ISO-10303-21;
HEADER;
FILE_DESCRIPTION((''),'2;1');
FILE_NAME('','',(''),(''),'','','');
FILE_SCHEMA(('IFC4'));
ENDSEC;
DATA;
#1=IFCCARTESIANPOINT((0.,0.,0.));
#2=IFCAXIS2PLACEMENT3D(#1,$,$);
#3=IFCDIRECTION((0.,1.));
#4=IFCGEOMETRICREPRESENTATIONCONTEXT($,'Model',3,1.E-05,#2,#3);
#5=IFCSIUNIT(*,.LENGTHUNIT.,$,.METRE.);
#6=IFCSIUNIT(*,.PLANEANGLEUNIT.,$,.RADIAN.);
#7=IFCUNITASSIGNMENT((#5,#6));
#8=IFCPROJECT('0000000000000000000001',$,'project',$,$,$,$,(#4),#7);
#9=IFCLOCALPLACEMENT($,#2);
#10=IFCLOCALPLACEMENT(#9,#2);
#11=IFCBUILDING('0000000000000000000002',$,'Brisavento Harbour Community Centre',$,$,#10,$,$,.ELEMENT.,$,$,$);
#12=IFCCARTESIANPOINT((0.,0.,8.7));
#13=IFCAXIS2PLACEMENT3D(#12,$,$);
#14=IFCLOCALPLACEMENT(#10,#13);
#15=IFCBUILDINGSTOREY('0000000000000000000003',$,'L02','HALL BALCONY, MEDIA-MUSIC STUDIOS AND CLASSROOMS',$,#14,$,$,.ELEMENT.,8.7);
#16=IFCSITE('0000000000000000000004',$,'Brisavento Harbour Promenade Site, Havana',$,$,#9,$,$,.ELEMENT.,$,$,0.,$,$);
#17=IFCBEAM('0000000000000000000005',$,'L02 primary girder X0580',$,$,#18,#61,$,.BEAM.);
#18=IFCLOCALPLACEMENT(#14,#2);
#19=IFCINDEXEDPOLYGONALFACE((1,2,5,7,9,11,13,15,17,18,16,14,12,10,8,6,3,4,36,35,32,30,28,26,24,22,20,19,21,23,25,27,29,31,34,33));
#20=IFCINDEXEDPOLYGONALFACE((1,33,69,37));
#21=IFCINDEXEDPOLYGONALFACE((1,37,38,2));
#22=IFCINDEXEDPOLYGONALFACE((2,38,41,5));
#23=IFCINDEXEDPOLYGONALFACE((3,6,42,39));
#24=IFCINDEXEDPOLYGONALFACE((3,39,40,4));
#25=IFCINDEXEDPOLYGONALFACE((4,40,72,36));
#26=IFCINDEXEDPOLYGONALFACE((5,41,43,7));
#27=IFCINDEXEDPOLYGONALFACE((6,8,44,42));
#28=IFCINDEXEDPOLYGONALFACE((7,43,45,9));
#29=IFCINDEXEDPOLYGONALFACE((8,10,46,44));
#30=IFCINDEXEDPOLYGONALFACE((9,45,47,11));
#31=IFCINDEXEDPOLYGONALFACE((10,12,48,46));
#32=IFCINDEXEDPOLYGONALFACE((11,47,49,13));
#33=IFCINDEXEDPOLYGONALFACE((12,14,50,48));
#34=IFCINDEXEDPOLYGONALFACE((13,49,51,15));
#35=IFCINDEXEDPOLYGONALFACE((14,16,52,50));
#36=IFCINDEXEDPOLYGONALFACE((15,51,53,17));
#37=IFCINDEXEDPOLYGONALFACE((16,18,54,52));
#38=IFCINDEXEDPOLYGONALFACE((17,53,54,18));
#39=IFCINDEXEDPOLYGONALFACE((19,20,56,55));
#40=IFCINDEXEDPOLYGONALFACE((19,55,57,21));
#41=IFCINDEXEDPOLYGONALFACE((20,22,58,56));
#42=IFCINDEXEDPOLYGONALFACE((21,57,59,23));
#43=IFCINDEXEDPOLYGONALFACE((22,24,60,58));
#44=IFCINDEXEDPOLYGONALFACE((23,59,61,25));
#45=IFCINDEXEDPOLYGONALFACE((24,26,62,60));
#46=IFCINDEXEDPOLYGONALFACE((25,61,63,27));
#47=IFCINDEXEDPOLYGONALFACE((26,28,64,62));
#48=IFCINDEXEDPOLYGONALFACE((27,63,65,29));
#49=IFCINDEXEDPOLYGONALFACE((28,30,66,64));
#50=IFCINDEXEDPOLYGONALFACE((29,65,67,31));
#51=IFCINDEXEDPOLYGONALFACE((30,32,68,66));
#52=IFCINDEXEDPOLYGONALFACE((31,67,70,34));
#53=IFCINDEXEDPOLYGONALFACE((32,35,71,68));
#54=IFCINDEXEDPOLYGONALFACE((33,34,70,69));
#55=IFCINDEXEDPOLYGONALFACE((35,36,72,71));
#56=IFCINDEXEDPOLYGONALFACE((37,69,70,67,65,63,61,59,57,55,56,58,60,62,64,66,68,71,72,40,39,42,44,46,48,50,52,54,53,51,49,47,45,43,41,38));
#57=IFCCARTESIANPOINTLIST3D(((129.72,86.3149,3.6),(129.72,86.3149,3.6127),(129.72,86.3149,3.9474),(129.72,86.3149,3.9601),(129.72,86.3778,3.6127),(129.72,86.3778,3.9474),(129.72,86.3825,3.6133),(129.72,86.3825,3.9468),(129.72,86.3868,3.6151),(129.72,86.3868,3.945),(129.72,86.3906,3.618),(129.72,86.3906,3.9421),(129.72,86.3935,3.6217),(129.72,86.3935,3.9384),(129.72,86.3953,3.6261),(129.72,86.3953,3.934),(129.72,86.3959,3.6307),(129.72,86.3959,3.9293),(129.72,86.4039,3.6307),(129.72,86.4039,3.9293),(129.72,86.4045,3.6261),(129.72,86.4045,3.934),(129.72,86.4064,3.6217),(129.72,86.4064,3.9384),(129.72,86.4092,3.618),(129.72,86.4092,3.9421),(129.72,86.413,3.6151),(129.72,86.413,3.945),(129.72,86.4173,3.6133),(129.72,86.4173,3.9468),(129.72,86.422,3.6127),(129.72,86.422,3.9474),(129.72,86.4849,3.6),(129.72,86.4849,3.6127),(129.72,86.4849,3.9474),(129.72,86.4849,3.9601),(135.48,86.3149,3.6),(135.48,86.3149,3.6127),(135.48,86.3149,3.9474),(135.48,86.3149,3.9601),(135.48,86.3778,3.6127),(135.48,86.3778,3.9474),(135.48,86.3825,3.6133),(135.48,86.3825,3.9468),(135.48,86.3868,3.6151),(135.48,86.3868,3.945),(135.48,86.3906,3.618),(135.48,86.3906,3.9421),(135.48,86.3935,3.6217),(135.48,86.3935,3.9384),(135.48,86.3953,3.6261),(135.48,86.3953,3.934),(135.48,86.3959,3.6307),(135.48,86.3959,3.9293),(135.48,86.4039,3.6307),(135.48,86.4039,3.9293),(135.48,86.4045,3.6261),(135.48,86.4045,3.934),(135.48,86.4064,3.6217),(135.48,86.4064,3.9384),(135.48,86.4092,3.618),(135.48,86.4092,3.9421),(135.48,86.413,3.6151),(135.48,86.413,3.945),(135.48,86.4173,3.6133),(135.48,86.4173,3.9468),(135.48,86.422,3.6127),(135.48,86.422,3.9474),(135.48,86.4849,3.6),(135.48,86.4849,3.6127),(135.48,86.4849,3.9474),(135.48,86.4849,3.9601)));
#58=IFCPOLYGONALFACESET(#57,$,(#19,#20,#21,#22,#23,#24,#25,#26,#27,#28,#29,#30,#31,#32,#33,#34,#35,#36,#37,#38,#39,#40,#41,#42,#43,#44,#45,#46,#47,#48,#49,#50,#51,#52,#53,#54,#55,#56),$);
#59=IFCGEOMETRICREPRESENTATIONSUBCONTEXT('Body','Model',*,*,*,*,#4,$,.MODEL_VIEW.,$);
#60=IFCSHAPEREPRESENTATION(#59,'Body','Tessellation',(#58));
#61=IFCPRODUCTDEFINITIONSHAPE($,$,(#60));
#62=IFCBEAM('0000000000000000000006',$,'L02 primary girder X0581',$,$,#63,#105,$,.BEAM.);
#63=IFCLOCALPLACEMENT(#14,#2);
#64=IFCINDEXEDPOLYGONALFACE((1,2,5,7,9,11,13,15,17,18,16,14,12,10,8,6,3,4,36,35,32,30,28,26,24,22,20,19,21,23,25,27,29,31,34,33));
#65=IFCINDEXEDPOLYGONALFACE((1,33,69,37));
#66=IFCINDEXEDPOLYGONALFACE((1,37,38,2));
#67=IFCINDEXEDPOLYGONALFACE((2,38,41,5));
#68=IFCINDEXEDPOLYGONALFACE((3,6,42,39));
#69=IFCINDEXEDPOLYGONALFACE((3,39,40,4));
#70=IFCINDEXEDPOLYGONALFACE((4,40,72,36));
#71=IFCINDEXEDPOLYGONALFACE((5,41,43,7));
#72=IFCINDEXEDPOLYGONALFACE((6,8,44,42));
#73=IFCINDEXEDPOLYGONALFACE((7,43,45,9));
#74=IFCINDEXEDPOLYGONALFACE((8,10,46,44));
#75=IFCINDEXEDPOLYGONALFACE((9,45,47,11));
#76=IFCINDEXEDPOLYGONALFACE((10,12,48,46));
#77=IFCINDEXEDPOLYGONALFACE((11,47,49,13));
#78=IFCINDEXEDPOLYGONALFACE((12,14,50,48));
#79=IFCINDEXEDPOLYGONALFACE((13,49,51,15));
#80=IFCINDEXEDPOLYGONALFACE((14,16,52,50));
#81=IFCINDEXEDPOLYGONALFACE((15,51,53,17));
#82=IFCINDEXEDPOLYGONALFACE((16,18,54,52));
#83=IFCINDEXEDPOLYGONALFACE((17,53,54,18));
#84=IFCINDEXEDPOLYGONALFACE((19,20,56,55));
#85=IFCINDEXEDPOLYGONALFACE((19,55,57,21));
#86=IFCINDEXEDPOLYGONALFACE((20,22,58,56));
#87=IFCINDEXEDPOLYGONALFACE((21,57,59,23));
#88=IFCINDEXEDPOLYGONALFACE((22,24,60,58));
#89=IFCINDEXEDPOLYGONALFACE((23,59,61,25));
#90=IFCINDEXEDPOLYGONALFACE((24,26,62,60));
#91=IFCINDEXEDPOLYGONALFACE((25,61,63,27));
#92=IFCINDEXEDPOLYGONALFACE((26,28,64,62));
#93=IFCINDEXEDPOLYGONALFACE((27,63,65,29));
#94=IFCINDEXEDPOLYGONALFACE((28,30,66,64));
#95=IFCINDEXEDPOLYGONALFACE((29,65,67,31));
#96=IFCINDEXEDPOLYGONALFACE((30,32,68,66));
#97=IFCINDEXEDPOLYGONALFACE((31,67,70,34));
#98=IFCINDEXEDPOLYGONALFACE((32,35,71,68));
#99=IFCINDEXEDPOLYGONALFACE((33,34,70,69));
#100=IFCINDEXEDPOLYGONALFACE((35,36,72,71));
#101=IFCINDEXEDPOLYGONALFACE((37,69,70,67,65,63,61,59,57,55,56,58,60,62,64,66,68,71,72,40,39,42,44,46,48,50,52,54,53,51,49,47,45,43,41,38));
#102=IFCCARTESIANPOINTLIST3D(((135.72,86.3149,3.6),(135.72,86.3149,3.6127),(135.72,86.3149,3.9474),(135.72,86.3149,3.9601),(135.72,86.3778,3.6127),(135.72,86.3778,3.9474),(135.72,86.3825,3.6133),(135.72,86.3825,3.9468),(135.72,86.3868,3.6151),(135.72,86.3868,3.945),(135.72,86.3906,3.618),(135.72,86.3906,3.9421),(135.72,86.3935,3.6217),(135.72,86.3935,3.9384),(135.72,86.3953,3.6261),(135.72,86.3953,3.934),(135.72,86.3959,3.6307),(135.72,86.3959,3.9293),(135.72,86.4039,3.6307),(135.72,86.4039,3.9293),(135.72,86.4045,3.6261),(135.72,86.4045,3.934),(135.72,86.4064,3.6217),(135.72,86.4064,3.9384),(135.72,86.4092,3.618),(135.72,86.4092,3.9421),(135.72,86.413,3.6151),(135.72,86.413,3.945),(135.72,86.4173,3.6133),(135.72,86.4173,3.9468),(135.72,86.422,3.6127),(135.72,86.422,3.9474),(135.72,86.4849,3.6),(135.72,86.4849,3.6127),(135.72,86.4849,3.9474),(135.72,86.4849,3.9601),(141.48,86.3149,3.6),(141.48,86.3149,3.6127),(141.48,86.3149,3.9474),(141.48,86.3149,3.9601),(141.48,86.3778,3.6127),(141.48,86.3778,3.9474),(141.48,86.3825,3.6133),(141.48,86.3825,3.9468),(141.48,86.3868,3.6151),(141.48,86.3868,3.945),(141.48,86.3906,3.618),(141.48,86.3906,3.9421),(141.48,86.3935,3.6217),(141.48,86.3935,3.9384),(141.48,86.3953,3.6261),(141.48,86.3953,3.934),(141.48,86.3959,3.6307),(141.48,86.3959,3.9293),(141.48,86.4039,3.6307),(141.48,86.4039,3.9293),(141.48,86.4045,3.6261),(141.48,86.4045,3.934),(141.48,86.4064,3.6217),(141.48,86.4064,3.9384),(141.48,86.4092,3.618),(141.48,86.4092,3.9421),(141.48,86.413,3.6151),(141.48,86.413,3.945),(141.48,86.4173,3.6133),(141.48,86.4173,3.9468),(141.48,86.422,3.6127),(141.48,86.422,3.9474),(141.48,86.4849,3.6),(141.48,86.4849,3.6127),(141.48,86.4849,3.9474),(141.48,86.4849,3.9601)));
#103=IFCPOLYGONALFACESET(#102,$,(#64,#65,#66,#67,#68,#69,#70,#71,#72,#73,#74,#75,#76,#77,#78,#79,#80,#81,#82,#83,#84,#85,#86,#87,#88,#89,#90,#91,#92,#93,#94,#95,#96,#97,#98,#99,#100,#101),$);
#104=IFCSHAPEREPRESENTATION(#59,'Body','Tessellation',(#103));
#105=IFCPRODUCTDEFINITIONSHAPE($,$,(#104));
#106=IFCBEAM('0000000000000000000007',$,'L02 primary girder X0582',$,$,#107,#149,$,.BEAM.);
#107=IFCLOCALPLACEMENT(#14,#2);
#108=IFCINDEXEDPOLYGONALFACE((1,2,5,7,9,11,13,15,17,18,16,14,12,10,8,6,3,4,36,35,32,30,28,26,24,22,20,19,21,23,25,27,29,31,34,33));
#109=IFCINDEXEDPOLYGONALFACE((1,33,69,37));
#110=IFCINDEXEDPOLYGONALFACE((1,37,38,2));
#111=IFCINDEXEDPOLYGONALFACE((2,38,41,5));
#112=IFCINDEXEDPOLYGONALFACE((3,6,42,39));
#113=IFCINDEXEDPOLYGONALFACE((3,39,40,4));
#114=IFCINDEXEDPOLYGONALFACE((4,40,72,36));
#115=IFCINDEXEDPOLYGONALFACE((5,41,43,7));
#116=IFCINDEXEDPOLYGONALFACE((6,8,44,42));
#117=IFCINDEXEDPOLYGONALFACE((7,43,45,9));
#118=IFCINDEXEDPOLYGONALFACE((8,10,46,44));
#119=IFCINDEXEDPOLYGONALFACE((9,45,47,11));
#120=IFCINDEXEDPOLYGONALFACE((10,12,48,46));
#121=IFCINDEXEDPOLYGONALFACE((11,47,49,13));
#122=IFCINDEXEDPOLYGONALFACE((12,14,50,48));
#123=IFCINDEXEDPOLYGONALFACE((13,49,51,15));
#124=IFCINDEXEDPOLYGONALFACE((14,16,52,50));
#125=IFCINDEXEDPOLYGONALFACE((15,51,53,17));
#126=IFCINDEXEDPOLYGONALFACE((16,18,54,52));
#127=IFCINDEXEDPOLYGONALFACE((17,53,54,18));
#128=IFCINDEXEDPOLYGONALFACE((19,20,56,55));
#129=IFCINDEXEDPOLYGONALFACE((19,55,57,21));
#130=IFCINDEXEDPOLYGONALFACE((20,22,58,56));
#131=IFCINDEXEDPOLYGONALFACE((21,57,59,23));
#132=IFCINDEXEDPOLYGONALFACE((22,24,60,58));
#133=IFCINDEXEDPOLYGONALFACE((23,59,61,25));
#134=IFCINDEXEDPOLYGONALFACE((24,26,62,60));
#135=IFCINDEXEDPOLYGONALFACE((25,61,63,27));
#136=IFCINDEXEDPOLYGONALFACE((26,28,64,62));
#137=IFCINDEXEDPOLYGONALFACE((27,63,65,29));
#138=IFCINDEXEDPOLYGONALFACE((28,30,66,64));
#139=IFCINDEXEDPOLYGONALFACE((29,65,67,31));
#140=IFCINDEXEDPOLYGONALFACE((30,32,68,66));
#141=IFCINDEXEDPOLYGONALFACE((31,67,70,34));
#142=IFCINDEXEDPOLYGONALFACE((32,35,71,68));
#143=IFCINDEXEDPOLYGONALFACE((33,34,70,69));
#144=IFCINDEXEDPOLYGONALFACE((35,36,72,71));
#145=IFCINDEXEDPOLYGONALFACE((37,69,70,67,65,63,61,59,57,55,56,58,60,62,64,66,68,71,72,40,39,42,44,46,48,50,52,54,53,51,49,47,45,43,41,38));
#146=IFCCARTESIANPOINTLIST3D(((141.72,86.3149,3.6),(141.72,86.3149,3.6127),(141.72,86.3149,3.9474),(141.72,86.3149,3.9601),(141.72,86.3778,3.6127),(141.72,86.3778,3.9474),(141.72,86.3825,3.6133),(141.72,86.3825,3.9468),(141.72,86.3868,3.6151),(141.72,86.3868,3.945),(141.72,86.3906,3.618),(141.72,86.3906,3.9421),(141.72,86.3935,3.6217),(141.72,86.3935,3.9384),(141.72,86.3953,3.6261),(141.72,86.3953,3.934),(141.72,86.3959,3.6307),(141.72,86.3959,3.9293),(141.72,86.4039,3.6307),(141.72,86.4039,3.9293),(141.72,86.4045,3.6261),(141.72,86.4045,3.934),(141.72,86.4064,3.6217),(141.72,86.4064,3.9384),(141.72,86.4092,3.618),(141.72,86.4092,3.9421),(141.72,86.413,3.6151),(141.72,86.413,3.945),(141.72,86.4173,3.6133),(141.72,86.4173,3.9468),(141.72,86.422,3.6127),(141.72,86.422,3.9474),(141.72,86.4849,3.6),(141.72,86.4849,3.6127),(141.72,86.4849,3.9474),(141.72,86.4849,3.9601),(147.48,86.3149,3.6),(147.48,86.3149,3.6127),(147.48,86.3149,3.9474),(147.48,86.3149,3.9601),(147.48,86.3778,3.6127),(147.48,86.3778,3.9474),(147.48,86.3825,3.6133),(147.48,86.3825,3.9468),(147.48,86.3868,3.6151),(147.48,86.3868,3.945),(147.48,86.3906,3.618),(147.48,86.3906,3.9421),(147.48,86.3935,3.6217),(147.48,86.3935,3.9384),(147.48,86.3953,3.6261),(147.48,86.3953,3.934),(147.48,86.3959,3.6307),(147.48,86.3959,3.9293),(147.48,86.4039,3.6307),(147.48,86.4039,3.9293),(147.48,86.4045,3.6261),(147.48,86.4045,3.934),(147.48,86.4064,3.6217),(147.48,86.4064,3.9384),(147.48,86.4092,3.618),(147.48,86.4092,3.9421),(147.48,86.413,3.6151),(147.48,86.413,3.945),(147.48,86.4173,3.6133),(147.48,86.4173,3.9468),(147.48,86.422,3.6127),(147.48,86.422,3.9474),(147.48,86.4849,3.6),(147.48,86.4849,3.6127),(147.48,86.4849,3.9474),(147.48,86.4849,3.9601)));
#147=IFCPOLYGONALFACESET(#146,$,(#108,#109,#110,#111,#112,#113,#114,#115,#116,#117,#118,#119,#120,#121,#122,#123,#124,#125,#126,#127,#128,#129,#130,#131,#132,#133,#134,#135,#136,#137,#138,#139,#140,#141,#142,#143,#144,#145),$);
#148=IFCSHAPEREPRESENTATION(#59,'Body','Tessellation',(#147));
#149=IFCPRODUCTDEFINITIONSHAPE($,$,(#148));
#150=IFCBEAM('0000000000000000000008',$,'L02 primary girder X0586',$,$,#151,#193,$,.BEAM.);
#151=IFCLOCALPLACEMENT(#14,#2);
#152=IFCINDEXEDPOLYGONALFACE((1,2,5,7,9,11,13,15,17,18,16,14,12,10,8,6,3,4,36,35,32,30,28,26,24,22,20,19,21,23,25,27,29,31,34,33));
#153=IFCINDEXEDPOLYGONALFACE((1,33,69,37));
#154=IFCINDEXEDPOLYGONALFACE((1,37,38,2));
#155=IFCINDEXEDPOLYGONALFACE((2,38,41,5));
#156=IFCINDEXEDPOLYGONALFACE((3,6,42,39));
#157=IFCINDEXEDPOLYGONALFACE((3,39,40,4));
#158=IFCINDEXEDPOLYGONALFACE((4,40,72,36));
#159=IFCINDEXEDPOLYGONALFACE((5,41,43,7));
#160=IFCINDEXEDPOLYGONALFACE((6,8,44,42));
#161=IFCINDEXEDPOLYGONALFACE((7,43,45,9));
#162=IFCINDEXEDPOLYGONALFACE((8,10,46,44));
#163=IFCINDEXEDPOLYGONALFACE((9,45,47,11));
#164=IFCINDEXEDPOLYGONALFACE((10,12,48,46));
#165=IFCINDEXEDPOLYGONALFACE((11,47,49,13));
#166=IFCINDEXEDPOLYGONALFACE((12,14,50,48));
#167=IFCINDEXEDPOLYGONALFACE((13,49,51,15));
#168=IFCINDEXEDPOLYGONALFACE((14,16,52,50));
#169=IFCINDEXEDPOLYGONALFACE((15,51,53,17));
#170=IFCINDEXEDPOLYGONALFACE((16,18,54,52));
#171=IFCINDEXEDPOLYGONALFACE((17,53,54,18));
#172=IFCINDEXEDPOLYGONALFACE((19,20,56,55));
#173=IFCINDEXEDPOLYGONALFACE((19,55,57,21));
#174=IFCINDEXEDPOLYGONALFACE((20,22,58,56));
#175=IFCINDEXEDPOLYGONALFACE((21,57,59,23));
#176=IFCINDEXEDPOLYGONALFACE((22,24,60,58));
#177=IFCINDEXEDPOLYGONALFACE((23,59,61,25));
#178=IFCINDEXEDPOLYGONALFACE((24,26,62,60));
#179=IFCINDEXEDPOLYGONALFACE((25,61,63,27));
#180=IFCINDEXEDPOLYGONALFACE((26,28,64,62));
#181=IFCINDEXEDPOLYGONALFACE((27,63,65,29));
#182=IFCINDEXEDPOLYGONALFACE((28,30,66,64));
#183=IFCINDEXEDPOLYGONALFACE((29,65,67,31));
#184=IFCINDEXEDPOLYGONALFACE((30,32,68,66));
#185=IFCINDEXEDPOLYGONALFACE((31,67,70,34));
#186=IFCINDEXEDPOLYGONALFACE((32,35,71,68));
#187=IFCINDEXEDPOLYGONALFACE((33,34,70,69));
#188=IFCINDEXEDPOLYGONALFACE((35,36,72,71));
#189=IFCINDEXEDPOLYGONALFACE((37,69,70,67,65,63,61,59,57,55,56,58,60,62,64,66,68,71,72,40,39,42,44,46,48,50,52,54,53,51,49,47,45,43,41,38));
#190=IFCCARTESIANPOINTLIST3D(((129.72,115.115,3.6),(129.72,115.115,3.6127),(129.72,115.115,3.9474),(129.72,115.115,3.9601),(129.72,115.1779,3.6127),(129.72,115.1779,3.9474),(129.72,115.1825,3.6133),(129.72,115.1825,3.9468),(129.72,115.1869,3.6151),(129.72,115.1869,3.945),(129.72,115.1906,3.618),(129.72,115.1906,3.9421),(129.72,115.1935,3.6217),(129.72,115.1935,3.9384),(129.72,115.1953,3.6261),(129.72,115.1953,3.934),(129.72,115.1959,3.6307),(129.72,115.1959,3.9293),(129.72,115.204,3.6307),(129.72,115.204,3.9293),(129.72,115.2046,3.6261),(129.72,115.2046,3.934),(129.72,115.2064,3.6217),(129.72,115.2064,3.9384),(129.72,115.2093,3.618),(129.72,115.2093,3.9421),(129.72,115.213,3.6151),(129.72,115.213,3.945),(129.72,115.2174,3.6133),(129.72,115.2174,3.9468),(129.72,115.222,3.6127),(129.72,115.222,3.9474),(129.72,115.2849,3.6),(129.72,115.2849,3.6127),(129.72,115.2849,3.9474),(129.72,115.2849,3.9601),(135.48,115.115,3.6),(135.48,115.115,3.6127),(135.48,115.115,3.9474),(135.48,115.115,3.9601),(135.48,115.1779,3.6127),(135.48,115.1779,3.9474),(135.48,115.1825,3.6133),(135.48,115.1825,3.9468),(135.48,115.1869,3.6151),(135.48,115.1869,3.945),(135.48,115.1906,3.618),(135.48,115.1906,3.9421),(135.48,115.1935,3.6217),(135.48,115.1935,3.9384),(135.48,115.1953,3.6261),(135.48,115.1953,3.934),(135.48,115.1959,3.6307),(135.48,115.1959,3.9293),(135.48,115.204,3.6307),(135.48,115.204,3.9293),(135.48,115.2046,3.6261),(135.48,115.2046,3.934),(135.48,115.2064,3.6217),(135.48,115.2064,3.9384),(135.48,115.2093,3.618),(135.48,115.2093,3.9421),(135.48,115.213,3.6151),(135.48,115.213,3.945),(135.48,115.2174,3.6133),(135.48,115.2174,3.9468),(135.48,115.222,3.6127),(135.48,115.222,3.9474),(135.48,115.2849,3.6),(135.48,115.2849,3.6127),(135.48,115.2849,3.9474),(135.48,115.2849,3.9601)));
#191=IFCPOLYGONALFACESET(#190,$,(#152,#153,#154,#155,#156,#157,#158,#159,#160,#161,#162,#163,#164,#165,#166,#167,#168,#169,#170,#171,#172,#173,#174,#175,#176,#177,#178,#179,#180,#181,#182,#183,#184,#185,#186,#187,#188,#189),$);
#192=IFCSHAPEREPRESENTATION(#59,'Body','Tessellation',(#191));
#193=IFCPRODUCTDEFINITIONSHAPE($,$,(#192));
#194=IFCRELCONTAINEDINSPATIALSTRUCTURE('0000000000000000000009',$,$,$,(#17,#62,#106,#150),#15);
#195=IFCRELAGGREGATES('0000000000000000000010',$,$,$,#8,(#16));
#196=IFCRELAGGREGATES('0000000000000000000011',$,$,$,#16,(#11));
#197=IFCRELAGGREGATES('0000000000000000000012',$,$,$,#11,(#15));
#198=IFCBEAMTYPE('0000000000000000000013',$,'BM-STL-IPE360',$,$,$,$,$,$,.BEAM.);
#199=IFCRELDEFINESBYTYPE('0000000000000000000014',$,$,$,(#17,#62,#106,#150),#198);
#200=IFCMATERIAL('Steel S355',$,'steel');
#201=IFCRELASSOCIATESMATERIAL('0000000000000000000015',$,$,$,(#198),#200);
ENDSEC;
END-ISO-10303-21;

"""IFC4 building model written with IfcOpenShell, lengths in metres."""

from ifc_helpers import new_model, si_unit, direction, frame, origin, origin_2d, place, context, subcontext, project, spatial, i_section, extrude, material, material_profile, profile_set, type_object, element, save


model = new_model("IFC4")

# Units and contexts
model_context = context("Model", 3, precision=1e-05, world=origin(), true_north=direction((0.0, 1.0)))
body_context = subcontext(model_context, "Body", "Model", "MODEL_VIEW")
ifc_project = project(units=[si_unit("LENGTHUNIT", "METRE"), si_unit("PLANEANGLEUNIT", "RADIAN")], contexts=[model_context])

# Site, building, storey
site_placement = place(None, origin())
site = spatial("IfcSite", under=ifc_project, at=site_placement, Name="Brisavento Harbour Promenade Site, Havana", CompositionType="ELEMENT", RefElevation=0.0)
building_placement = place(site_placement, origin())
building = spatial("IfcBuilding", under=site, at=building_placement, Name="Brisavento Harbour Community Centre", CompositionType="ELEMENT")
storey_placement = place(building_placement, frame((0.0, 0.0, 8.7)))
storey = spatial("IfcBuildingStorey", under=building, at=storey_placement, Name="L02", Description="HALL BALCONY, MEDIA-MUSIC STUDIOS AND CLASSROOMS", CompositionType="ELEMENT", Elevation=8.7)

# Shared definitions
ifc_material_1 = material(Name="Steel S355", Category="steel")

# Beams
ifc_material_profile_1 = material_profile(ifc_material_1, i_section(OverallWidth=0.1699, OverallDepth=0.3601, WebThickness=0.0081, FlangeThickness=0.0127, FilletRadius=0.0181, at=origin_2d()), Name="Steel S355")
ifc_profile_set_1 = profile_set([ifc_material_profile_1], Name="Steel S355")
beam_type_1 = type_object("IfcBeamType", Name="BM-STL-IPE360", PredefinedType="BEAM", material=ifc_profile_set_1)
for number, where, z_axis, x_axis, name in (
    (1, (129.72, 86.3999, 3.78), (1.0, 0.0, 0.0), (0.0, 1.0, 0.0), "L02 primary girder X0580"),
    (2, (135.72, 86.3999, 3.78), (1.0, 0.0, 0.0), (0.0, 1.0, 0.0), "L02 primary girder X0581"),
    (3, (141.72, 86.3999, 3.78), (1.0, 0.0, 0.0), (0.0, 1.0, 0.0), "L02 primary girder X0582"),
    (4, (129.72, 115.2, 3.78), (1.0, 0.0, 0.0), (0.0, 1.0, 0.0), "L02 primary girder X0586"),
):
    element("IfcBeam", number, at=place(storey_placement, frame(where, z_axis=z_axis, x_axis=x_axis)), inside=storey, type_object=beam_type_1, Name=name, PredefinedType="BEAM", context=body_context, shape_type="SweptSolid", body=[
        extrude(i_section(OverallWidth=0.1699, OverallDepth=0.3601, WebThickness=0.0081, FlangeThickness=0.0127, FilletRadius=0.0181, at=origin_2d()), origin(), (0.0, 0.0, 1.0), 5.76),
    ])

save(model, "model.ifc")
